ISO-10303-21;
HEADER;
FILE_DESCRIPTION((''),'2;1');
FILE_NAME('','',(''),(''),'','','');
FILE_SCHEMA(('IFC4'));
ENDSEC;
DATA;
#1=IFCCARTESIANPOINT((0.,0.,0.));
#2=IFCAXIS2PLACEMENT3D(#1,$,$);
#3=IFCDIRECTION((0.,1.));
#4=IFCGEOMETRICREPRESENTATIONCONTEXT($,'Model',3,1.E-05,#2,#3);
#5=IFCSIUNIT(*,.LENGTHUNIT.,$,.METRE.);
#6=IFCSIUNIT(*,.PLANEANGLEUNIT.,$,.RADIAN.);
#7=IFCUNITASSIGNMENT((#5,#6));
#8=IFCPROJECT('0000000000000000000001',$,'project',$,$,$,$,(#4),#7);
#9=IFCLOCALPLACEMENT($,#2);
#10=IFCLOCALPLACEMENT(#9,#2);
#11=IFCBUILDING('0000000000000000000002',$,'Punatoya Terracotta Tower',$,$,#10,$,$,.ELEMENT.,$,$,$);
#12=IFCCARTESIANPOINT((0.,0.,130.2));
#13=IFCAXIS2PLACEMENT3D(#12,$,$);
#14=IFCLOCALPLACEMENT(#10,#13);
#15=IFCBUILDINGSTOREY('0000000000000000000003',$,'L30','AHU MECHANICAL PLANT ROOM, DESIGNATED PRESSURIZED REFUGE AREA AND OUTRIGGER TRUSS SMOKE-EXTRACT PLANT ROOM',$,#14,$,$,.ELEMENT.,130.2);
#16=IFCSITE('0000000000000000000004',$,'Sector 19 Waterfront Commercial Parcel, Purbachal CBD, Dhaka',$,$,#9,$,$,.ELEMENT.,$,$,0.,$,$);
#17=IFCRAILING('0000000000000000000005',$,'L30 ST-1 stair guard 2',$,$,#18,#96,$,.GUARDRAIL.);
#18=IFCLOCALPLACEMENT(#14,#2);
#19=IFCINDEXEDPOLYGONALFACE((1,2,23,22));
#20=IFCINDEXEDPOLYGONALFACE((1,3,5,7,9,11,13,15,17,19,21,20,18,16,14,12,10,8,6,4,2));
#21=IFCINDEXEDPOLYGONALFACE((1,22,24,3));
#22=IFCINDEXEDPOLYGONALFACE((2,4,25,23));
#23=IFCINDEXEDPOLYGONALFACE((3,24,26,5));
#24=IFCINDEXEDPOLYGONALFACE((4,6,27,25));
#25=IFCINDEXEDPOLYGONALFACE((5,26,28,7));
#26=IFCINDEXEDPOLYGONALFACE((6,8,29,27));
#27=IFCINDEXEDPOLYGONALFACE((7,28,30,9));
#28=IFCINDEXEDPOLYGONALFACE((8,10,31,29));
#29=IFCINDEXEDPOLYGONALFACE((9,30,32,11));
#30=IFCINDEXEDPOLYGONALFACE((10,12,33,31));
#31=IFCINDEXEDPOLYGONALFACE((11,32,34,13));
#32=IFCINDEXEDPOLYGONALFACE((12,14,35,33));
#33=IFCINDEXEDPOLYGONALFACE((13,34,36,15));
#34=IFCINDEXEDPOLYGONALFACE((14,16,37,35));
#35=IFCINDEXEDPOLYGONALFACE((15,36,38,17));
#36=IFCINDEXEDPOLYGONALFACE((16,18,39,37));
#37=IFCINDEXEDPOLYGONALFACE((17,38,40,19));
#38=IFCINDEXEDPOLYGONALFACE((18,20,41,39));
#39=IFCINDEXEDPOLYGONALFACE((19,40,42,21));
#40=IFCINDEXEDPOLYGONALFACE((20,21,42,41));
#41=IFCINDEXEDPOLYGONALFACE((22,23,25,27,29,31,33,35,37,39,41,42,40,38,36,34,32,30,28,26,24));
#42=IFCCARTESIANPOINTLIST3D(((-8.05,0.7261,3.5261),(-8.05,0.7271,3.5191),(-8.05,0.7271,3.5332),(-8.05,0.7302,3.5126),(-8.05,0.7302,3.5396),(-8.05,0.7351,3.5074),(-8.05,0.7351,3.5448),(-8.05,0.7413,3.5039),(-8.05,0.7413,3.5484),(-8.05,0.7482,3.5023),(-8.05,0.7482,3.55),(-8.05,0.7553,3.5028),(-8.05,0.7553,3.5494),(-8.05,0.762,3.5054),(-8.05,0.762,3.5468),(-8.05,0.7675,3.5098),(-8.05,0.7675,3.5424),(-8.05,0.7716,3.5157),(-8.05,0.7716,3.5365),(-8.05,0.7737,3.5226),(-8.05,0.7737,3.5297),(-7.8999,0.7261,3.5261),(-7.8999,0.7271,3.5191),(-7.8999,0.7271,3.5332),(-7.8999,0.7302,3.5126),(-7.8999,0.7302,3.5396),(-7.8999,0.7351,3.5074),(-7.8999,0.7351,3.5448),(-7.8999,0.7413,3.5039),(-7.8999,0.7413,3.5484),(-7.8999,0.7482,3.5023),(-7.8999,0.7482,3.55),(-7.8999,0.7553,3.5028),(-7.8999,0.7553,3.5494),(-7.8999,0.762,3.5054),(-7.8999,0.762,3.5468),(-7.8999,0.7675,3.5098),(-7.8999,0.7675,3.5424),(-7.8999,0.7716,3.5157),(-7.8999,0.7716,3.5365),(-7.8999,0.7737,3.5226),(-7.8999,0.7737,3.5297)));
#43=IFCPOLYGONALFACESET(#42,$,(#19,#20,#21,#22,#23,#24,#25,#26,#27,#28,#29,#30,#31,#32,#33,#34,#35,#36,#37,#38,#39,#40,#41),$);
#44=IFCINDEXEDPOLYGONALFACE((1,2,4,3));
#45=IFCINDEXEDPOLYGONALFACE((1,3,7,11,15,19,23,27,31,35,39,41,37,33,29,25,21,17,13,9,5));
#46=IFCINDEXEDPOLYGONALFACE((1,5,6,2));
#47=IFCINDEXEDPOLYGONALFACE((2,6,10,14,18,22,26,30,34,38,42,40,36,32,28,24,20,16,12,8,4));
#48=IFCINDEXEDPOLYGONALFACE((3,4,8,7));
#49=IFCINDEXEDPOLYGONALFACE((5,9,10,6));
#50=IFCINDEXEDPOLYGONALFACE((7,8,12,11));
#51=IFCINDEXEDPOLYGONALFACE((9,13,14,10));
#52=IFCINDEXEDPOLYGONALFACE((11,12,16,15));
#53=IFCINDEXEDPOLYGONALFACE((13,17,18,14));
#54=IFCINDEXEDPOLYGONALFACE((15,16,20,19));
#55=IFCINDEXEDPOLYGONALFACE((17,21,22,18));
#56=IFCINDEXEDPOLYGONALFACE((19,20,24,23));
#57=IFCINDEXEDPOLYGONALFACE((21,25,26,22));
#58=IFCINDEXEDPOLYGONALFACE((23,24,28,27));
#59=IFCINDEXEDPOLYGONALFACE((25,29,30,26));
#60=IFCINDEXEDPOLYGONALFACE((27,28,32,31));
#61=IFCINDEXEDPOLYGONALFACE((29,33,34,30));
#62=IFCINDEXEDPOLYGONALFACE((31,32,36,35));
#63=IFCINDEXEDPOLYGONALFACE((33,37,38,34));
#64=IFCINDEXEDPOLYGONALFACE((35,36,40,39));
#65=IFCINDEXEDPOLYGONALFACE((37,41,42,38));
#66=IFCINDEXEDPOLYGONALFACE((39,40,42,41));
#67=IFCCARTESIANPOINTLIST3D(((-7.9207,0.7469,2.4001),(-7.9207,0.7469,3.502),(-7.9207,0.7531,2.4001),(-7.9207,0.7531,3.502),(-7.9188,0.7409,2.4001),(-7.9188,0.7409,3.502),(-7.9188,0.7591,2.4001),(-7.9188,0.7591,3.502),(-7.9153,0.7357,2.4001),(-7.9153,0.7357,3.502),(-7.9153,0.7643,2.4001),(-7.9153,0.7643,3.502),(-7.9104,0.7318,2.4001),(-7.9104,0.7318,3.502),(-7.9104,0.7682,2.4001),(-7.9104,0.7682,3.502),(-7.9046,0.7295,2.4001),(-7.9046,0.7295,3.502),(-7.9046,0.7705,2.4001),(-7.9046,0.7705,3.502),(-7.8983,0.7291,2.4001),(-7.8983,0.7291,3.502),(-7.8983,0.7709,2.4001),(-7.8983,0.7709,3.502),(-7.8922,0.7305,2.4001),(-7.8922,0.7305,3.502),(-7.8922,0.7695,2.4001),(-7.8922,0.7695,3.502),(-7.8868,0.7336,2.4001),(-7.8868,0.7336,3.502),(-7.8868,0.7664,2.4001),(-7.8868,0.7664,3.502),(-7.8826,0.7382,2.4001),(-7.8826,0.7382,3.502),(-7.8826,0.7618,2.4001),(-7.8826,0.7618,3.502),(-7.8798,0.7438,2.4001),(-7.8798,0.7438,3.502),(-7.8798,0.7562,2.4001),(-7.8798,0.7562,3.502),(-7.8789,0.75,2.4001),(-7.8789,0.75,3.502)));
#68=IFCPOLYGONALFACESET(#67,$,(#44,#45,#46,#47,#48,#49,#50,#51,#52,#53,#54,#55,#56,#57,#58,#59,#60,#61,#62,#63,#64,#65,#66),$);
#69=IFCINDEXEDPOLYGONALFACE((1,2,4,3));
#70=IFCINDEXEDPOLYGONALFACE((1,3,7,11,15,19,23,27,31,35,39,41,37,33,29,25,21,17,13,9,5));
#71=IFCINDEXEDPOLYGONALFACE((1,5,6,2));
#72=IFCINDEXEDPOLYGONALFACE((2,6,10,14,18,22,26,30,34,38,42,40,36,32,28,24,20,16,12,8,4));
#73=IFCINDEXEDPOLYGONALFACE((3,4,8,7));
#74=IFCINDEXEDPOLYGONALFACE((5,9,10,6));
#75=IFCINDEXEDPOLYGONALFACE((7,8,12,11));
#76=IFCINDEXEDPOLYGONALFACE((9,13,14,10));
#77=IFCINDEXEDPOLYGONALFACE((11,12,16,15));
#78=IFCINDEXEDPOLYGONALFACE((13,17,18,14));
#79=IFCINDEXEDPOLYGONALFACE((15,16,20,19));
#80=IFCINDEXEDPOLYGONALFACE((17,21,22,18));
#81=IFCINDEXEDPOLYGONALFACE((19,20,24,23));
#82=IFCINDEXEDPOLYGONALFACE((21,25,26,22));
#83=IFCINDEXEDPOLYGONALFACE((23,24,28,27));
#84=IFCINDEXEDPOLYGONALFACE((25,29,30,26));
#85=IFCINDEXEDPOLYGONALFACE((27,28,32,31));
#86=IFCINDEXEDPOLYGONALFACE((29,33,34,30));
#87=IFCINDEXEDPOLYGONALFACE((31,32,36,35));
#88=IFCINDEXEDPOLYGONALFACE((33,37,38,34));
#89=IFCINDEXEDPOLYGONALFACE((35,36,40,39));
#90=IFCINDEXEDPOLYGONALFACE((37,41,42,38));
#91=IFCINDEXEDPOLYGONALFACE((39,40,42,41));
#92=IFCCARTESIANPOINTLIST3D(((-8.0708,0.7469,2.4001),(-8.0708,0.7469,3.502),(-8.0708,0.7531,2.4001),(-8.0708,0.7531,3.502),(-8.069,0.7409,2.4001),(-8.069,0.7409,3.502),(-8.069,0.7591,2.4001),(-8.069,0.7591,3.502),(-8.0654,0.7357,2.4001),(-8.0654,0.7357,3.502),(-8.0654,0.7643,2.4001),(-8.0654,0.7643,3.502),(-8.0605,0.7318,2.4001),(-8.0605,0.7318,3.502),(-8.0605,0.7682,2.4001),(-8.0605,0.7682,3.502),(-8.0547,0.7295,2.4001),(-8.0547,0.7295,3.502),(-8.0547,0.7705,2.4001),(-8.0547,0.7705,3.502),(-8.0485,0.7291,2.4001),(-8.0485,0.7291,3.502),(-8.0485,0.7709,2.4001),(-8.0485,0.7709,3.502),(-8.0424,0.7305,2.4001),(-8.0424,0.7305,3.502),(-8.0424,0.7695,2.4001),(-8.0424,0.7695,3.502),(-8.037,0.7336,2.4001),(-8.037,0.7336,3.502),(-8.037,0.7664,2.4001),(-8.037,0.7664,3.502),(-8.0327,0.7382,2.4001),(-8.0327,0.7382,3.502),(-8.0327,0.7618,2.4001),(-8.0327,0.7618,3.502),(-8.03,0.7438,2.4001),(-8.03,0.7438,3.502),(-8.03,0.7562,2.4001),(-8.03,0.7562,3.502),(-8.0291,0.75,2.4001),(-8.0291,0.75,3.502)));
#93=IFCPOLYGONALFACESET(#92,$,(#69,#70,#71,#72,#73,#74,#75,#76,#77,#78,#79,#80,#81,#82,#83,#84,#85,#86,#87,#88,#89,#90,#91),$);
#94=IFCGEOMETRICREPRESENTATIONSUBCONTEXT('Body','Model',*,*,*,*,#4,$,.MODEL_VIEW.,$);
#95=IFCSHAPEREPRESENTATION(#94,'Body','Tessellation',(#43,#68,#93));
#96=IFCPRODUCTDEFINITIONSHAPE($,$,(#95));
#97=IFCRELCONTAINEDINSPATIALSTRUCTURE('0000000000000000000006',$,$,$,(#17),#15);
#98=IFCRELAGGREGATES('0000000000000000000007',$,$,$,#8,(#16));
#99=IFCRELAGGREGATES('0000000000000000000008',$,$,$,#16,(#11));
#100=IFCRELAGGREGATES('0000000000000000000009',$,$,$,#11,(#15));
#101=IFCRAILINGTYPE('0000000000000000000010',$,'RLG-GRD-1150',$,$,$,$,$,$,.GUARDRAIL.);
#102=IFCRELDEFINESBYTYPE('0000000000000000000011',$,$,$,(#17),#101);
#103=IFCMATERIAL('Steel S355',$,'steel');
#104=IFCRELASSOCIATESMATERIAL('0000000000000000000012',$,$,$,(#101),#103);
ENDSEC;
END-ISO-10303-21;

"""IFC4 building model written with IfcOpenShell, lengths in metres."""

from ifc_helpers import new_model, si_unit, direction, frame, origin, origin_2d, place, context, subcontext, project, spatial, circle, extrude, material, type_object, element, save


model = new_model("IFC4")

# Units and contexts
model_context = context("Model", 3, precision=1e-05, world=origin(), true_north=direction((0.0, 1.0)))
body_context = subcontext(model_context, "Body", "Model", "MODEL_VIEW")
ifc_project = project(units=[si_unit("LENGTHUNIT", "METRE"), si_unit("PLANEANGLEUNIT", "RADIAN")], contexts=[model_context])

# Site, building, storey
site_placement = place(None, origin())
site = spatial("IfcSite", under=ifc_project, at=site_placement, Name="Sector 19 Waterfront Commercial Parcel, Purbachal CBD, Dhaka", CompositionType="ELEMENT", RefElevation=0.0)
building_placement = place(site_placement, origin())
building = spatial("IfcBuilding", under=site, at=building_placement, Name="Punatoya Terracotta Tower", CompositionType="ELEMENT")
storey_placement = place(building_placement, frame((0.0, 0.0, 130.2)))
storey = spatial("IfcBuildingStorey", under=building, at=storey_placement, Name="L30", Description="AHU MECHANICAL PLANT ROOM, DESIGNATED PRESSURIZED REFUGE AREA AND OUTRIGGER TRUSS SMOKE-EXTRACT PLANT ROOM", CompositionType="ELEMENT", Elevation=130.2)

# Shared definitions
ifc_material_1 = material(Name="Steel S355", Category="steel")

# Railing
railing_type_1 = type_object("IfcRailingType", Name="RLG-GRD-1150", PredefinedType="GUARDRAIL", material=ifc_material_1)
railing_1_placement = place(storey_placement, frame((-7.8999, 0.75, 2.4001)))
element("IfcRailing", 1, at=railing_1_placement, inside=storey, type_object=railing_type_1, Name="L30 ST-1 stair guard 2", PredefinedType="GUARDRAIL", context=body_context, shape_type="SweptSolid", body=[
    extrude(circle(Radius=0.0239, at=origin_2d()), frame((0.0, 0.0, 1.126), z_axis=(-1.0, 0.0, 0.0), x_axis=(0.0, -1.0, 0.0)), (0.0, 0.0, 1.0), 0.1501),
    extrude(circle(Radius=0.021, at=origin_2d()), origin(), (0.0, 0.0, 1.0), 1.1018),
    extrude(circle(Radius=0.021, at=origin_2d()), frame((-0.1501, 0.0, 0.0)), (0.0, 0.0, 1.0), 1.1018),
])

save(model, "model.ifc")
